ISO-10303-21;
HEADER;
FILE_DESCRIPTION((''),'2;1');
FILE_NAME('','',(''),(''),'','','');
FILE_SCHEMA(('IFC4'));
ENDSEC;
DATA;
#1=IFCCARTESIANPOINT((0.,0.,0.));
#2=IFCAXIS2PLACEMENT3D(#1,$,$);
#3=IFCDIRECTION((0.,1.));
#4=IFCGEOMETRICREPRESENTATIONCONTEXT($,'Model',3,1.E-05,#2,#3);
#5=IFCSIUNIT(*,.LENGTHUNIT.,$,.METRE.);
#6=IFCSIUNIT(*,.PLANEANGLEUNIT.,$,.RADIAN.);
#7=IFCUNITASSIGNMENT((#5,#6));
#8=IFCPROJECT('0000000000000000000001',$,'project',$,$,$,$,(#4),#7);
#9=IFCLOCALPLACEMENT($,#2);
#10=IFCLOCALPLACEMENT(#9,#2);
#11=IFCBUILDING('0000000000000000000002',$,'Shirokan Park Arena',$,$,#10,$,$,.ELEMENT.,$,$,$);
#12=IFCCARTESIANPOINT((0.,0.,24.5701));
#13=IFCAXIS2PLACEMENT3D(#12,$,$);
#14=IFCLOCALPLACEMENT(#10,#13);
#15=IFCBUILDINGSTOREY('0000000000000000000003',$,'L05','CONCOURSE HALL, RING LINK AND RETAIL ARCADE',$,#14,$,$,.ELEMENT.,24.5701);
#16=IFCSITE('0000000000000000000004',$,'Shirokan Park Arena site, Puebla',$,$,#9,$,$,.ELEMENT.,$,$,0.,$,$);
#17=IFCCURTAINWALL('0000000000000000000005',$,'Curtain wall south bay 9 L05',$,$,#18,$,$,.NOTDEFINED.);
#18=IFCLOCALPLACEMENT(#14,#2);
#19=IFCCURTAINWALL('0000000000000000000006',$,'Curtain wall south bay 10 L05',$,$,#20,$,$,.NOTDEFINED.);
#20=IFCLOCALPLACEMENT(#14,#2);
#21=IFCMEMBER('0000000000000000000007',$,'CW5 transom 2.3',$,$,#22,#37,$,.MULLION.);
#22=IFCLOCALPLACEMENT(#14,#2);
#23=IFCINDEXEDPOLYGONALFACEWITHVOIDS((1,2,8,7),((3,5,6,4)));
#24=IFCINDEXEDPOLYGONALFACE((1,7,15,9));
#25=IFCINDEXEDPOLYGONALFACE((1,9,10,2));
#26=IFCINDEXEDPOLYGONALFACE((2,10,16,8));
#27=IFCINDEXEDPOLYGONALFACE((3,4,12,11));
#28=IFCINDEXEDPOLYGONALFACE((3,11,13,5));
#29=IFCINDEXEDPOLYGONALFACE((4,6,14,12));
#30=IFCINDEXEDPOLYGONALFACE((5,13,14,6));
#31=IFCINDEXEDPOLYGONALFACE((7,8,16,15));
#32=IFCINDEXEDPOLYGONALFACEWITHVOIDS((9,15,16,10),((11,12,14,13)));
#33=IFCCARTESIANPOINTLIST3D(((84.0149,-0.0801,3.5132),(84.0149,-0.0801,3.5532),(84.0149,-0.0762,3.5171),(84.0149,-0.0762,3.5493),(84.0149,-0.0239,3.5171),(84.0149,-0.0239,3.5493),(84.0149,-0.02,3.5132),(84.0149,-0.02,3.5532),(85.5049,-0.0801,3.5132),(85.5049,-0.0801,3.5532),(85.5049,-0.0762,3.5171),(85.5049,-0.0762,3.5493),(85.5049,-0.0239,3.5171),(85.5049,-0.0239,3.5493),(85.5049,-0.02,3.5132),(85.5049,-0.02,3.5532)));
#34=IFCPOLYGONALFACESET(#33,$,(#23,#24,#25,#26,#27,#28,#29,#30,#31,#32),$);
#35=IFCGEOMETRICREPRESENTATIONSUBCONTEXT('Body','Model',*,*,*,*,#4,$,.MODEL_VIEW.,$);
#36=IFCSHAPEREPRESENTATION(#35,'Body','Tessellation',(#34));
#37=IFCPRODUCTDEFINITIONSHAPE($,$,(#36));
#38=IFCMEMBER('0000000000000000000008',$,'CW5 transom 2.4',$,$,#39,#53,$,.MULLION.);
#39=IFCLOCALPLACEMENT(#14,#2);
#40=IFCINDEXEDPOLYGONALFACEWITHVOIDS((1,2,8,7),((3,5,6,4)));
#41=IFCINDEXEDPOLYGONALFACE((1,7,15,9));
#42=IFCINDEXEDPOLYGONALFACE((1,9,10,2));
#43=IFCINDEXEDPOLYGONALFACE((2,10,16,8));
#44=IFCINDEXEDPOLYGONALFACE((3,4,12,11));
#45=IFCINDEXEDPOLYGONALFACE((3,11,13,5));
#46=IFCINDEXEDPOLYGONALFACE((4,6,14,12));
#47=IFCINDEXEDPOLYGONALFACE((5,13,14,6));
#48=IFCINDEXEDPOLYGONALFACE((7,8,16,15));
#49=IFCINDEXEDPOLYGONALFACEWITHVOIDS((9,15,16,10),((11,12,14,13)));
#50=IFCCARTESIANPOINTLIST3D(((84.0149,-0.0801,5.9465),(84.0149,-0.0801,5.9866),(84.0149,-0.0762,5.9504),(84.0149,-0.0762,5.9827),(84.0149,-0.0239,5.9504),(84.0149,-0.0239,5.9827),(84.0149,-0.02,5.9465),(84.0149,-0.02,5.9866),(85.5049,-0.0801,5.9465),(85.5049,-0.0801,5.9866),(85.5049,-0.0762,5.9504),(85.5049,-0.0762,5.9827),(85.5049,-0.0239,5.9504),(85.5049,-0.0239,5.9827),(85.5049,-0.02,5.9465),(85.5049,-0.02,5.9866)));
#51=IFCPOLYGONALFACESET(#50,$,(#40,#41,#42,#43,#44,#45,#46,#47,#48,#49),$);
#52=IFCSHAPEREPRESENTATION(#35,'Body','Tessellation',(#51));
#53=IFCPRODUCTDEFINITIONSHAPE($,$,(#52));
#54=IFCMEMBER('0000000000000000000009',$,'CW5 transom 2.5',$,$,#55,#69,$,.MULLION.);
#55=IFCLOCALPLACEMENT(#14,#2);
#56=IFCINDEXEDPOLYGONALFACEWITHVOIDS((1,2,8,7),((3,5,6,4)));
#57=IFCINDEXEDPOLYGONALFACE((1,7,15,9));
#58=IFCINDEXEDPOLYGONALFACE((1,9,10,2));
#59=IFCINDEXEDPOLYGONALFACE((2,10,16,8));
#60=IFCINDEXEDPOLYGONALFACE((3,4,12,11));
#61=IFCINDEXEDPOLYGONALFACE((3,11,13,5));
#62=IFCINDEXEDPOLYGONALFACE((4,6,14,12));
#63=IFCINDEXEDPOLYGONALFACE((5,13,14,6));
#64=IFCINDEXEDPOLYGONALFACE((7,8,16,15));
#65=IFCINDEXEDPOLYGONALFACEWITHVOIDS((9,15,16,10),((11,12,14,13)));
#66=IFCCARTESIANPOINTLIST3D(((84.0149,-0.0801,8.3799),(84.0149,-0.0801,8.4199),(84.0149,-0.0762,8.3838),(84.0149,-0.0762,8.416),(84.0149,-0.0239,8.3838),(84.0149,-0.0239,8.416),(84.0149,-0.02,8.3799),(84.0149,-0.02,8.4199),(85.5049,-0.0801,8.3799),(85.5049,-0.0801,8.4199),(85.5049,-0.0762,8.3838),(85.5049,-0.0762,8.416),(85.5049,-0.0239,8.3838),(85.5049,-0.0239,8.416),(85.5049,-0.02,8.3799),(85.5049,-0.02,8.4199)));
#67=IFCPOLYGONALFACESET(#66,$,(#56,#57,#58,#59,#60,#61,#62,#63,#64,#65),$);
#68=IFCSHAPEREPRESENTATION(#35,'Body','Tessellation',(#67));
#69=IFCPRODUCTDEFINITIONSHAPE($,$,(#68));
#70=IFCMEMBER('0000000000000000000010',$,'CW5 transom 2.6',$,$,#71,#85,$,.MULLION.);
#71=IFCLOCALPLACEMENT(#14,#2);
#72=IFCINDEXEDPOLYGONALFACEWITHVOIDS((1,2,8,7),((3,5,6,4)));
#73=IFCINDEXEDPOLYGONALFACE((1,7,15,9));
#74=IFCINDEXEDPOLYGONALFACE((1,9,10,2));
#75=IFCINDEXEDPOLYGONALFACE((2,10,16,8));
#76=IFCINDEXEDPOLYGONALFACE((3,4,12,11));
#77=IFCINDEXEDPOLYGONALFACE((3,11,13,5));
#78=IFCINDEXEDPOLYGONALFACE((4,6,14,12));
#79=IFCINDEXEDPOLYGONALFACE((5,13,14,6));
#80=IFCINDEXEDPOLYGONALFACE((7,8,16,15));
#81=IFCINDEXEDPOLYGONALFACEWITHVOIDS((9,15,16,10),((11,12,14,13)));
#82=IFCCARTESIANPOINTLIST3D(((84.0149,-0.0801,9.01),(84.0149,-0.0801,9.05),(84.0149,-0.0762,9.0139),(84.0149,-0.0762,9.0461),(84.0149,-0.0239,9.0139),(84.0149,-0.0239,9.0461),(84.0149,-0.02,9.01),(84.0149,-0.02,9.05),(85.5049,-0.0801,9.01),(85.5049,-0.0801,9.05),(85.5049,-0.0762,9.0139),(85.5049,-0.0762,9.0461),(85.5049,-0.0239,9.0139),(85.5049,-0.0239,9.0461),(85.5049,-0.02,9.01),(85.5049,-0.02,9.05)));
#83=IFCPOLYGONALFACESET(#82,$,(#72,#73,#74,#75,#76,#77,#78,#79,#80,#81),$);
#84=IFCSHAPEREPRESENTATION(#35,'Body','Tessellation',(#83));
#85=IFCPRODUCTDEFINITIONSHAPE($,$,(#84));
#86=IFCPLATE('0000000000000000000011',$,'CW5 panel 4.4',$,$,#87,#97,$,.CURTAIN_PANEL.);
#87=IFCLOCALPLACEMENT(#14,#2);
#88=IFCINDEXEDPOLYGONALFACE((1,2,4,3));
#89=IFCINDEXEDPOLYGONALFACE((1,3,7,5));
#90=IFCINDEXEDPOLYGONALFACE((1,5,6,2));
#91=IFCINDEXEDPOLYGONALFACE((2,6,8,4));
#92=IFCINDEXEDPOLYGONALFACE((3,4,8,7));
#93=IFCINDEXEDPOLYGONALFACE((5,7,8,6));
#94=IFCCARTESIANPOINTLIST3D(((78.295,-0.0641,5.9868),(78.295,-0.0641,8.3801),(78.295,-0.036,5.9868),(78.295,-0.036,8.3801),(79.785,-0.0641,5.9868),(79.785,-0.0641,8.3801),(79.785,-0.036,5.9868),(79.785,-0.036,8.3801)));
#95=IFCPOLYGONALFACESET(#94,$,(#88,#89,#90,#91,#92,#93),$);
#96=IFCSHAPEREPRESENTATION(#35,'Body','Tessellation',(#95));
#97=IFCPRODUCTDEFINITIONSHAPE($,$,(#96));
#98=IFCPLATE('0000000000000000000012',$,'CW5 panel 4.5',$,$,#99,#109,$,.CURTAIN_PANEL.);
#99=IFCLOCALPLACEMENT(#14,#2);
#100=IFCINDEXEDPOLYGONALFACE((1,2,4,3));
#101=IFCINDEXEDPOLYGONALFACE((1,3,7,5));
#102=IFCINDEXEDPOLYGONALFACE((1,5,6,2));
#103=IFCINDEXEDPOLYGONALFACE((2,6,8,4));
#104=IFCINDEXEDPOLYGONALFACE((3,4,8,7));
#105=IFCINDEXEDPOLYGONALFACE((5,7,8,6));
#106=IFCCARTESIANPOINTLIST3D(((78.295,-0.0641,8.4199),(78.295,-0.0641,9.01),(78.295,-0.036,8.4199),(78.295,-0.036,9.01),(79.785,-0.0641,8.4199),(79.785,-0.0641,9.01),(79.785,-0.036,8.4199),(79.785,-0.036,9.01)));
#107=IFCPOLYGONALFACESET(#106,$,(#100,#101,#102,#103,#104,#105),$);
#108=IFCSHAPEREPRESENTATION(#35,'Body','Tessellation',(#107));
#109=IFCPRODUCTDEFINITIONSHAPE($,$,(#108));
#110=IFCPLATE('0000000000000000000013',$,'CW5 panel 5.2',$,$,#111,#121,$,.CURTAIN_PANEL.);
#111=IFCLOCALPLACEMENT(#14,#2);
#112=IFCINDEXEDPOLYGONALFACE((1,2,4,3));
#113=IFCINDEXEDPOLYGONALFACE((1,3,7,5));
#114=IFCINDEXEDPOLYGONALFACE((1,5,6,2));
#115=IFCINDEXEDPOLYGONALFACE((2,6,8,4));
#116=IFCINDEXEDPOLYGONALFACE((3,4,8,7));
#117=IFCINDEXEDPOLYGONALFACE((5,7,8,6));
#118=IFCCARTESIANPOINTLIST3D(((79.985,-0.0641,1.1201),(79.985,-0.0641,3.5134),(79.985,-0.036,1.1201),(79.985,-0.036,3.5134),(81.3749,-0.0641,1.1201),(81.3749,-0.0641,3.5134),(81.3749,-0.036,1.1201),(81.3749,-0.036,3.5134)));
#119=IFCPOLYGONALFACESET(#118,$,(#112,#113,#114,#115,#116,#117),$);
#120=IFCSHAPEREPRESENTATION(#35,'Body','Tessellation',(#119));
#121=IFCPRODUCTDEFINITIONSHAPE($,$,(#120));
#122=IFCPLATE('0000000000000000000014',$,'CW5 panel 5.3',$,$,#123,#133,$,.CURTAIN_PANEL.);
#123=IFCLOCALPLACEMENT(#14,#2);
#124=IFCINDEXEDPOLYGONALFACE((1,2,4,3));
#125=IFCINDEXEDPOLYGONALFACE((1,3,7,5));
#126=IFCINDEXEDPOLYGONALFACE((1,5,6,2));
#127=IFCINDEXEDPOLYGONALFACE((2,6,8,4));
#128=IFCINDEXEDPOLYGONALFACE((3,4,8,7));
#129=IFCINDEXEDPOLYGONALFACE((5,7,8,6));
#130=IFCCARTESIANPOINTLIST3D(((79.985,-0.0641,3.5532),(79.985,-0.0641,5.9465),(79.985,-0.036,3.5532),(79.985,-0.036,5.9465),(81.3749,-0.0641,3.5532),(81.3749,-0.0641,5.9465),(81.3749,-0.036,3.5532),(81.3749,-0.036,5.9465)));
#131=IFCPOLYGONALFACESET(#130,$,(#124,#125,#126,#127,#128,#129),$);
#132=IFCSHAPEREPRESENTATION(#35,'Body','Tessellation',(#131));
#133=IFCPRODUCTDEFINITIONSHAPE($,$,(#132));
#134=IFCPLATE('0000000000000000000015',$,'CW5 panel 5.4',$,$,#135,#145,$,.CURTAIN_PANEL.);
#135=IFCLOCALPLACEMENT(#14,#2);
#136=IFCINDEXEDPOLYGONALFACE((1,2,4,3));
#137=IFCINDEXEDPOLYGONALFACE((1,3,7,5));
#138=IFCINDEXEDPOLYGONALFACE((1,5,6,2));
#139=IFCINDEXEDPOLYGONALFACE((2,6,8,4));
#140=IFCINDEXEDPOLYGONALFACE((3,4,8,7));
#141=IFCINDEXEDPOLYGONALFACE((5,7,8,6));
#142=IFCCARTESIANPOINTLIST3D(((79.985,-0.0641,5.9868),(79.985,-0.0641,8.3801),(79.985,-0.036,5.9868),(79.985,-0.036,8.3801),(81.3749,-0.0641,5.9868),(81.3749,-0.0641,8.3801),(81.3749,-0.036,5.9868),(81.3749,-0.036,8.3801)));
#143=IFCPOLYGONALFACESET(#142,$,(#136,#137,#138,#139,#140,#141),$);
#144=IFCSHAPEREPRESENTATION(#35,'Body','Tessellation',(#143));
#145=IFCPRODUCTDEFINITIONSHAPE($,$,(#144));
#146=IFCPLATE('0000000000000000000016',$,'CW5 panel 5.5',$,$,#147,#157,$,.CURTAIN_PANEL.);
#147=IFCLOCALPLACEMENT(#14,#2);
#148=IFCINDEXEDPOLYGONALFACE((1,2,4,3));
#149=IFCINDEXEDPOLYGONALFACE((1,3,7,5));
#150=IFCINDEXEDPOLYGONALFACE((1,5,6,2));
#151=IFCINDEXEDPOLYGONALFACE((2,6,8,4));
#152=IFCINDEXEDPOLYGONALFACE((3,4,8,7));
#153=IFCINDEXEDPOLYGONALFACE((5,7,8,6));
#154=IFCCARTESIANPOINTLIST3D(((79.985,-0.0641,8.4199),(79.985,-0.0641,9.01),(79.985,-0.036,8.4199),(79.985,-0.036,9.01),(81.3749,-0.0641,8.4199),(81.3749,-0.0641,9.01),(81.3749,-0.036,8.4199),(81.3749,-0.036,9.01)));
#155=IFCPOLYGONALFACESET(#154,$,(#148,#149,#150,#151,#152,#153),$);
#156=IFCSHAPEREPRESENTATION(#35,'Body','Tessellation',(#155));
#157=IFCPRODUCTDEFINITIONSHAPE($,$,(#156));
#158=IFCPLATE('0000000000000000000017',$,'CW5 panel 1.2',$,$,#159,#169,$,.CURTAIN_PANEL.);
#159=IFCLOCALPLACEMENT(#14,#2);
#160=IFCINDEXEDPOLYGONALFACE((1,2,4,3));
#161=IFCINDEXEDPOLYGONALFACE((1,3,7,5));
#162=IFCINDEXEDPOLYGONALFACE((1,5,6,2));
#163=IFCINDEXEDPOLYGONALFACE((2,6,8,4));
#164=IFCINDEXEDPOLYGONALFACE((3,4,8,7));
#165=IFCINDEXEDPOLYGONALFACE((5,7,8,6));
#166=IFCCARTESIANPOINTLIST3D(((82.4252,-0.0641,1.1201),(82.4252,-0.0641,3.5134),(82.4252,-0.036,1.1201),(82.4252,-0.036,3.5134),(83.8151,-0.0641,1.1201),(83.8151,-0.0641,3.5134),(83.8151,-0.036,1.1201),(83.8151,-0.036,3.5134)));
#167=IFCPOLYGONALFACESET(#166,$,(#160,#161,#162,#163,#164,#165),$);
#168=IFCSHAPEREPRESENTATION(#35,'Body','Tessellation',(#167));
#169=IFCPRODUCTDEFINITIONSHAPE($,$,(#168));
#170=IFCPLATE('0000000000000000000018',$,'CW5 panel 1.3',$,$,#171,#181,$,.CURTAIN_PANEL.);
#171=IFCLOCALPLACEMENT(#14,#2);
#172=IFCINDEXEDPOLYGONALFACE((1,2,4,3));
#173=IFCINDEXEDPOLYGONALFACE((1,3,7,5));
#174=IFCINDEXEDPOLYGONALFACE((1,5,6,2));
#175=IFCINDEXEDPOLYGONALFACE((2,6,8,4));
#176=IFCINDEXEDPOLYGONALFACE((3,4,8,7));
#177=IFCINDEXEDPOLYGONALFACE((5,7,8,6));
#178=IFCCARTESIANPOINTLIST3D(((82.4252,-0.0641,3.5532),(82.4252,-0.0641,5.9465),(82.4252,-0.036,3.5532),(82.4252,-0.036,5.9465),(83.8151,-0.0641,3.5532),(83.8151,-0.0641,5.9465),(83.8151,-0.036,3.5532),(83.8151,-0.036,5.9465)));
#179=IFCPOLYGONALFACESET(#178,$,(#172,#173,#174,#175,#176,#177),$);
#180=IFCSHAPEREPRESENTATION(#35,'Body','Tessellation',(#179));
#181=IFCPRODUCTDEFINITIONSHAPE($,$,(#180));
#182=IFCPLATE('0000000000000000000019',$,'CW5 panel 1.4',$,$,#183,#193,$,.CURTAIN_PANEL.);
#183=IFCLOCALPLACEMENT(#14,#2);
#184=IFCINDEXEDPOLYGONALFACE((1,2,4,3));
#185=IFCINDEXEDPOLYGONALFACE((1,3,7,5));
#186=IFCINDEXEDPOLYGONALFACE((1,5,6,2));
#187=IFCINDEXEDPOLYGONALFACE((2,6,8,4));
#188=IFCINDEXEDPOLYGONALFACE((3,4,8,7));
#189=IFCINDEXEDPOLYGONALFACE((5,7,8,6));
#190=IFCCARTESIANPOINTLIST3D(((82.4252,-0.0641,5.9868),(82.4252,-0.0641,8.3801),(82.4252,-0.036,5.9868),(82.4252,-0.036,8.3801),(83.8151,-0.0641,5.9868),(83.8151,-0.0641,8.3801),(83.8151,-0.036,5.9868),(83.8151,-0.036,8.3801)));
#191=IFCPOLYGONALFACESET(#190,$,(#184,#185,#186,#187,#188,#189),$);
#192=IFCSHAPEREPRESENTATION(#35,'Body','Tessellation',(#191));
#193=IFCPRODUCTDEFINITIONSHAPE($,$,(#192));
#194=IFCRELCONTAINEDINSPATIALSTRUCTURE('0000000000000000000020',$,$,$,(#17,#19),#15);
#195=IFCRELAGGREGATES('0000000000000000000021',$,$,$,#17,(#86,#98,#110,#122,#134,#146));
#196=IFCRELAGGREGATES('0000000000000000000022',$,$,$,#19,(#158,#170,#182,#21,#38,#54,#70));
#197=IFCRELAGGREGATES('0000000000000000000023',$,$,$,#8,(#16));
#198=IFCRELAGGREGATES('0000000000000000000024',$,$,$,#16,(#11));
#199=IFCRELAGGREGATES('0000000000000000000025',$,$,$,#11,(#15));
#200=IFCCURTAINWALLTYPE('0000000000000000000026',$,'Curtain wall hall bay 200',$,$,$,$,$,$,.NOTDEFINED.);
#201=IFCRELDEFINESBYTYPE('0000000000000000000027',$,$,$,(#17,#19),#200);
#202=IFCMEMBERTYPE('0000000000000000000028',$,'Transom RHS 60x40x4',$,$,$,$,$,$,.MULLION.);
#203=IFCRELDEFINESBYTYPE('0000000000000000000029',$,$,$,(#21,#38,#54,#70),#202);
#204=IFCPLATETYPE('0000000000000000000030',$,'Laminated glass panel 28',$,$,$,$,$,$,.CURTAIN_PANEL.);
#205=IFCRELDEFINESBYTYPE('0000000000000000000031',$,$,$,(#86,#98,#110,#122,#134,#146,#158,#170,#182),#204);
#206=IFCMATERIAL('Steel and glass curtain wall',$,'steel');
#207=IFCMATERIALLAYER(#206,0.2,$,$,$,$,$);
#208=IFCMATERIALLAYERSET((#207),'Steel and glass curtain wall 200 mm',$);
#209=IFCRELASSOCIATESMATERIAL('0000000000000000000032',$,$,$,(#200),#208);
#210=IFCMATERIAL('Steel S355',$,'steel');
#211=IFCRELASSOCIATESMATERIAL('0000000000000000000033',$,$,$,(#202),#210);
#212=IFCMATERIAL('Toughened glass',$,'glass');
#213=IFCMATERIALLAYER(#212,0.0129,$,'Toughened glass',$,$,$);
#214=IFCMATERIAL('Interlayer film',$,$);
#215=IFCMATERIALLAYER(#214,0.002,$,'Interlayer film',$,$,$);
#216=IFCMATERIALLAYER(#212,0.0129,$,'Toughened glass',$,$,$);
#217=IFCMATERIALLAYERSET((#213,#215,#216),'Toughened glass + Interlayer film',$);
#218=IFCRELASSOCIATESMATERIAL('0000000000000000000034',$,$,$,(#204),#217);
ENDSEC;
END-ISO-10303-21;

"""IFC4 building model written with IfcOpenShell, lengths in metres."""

from ifc_helpers import new_model, si_unit, direction, frame, origin, origin_2d, place, context, subcontext, project, spatial, rectangle, hollow_rectangle, extrude, material, layer, layer_set, material_profile, profile_set, type_object, element, aggregate, save


model = new_model("IFC4")

# Units and contexts
model_context = context("Model", 3, precision=1e-05, world=origin(), true_north=direction((0.0, 1.0)))
body_context = subcontext(model_context, "Body", "Model", "MODEL_VIEW")
ifc_project = project(units=[si_unit("LENGTHUNIT", "METRE"), si_unit("PLANEANGLEUNIT", "RADIAN")], contexts=[model_context])

# Site, building, storey
site_placement = place(None, origin())
site = spatial("IfcSite", under=ifc_project, at=site_placement, Name="Shirokan Park Arena site, Puebla", CompositionType="ELEMENT", RefElevation=0.0)
building_placement = place(site_placement, origin())
building = spatial("IfcBuilding", under=site, at=building_placement, Name="Shirokan Park Arena", CompositionType="ELEMENT")
storey_placement = place(building_placement, frame((0.0, 0.0, 24.5701)))
storey = spatial("IfcBuildingStorey", under=building, at=storey_placement, Name="L05", Description="CONCOURSE HALL, RING LINK AND RETAIL ARCADE", CompositionType="ELEMENT", Elevation=24.5701)

# Curtain walls
ifc_material_1 = material(Name="Steel and glass curtain wall", Category="steel")
ifc_layer_1 = layer(ifc_material_1, 0.2)
ifc_layer_set_1 = layer_set([ifc_layer_1], Name="Steel and glass curtain wall 200 mm")
curtain_wall_type = type_object("IfcCurtainWallType", Name="Curtain wall hall bay 200", PredefinedType="NOTDEFINED", material=ifc_layer_set_1)
curtain_wall_1_placement = place(storey_placement, origin())
curtain_wall_1 = element("IfcCurtainWall", 1, at=curtain_wall_1_placement, inside=storey, type_object=curtain_wall_type, Name="Curtain wall south bay 9 L05", PredefinedType="NOTDEFINED")
ifc_material_2 = material(Name="Steel S355", Category="steel")
curtain_wall_2_placement = place(storey_placement, origin())
curtain_wall_2 = element("IfcCurtainWall", 2, at=curtain_wall_2_placement, inside=storey, type_object=curtain_wall_type, Name="Curtain wall south bay 10 L05", PredefinedType="NOTDEFINED")

# Members
ifc_material_profile_1 = material_profile(ifc_material_2, hollow_rectangle(XDim=0.0601, YDim=0.04, WallThickness=0.0039, at=origin_2d()), Name="RHS 60x40x4")
ifc_profile_set_1 = profile_set([ifc_material_profile_1], Name="Steel S355")
member_type_1 = type_object("IfcMemberType", Name="Transom RHS 60x40x4", PredefinedType="MULLION", material=ifc_profile_set_1)
member_1_placement = place(storey_placement, frame((84.0149, -0.05, 3.5332), z_axis=(1.0, 0.0, 0.0), x_axis=(0.0, 1.0, 0.0)))
member_1 = element("IfcMember", 3, at=member_1_placement, type_object=member_type_1, Name="CW5 transom 2.3", PredefinedType="MULLION", context=body_context, shape_type="SweptSolid", body=[
    extrude(hollow_rectangle(XDim=0.0601, YDim=0.04, WallThickness=0.0039, at=origin_2d()), origin(), (0.0, 0.0, 1.0), 1.49),
])
member_2_placement = place(storey_placement, frame((84.0149, -0.05, 5.9666), z_axis=(1.0, 0.0, 0.0), x_axis=(0.0, 1.0, 0.0)))
member_2 = element("IfcMember", 4, at=member_2_placement, type_object=member_type_1, Name="CW5 transom 2.4", PredefinedType="MULLION", context=body_context, shape_type="SweptSolid", body=[
    extrude(hollow_rectangle(XDim=0.0601, YDim=0.04, WallThickness=0.0039, at=origin_2d()), origin(), (0.0, 0.0, 1.0), 1.49),
])
member_3_placement = place(storey_placement, frame((84.0149, -0.05, 8.3999), z_axis=(1.0, 0.0, 0.0), x_axis=(0.0, 1.0, 0.0)))
member_3 = element("IfcMember", 5, at=member_3_placement, type_object=member_type_1, Name="CW5 transom 2.5", PredefinedType="MULLION", context=body_context, shape_type="SweptSolid", body=[
    extrude(hollow_rectangle(XDim=0.0601, YDim=0.04, WallThickness=0.0039, at=origin_2d()), origin(), (0.0, 0.0, 1.0), 1.49),
])
member_4_placement = place(storey_placement, frame((84.0149, -0.05, 9.03), z_axis=(1.0, 0.0, 0.0), x_axis=(0.0, 1.0, 0.0)))
member_4 = element("IfcMember", 6, at=member_4_placement, type_object=member_type_1, Name="CW5 transom 2.6", PredefinedType="MULLION", context=body_context, shape_type="SweptSolid", body=[
    extrude(hollow_rectangle(XDim=0.0601, YDim=0.04, WallThickness=0.0039, at=origin_2d()), origin(), (0.0, 0.0, 1.0), 1.49),
])

# Plates
ifc_material_3 = material(Name="Toughened glass", Category="glass")
ifc_layer_2 = layer(ifc_material_3, 0.0129, Name="Toughened glass")
ifc_material_4 = material(Name="Interlayer film")
ifc_layer_3 = layer(ifc_material_4, 0.002, Name="Interlayer film")
ifc_layer_4 = layer(ifc_material_3, 0.0129, Name="Toughened glass")
ifc_layer_set_2 = layer_set([ifc_layer_2, ifc_layer_3, ifc_layer_4], Name="Toughened glass + Interlayer film")
plate_type_1 = type_object("IfcPlateType", Name="Laminated glass panel 28", PredefinedType="CURTAIN_PANEL", material=ifc_layer_set_2)
plate_1_placement = place(storey_placement, frame((79.04, -0.05, 5.9868), z_axis=(0.0, 0.0, 1.0), x_axis=(1.0, 0.0, 0.0)))
plate_1 = element("IfcPlate", 7, at=plate_1_placement, type_object=plate_type_1, Name="CW5 panel 4.4", PredefinedType="CURTAIN_PANEL", context=body_context, shape_type="SweptSolid", body=[
    extrude(rectangle(XDim=1.49, YDim=0.0281, at=origin_2d()), origin(), (0.0, 0.0, 1.0), 2.3933),
])
plate_2_placement = place(storey_placement, frame((79.04, -0.05, 8.4199), z_axis=(0.0, 0.0, 1.0), x_axis=(1.0, 0.0, 0.0)))
plate_2 = element("IfcPlate", 8, at=plate_2_placement, type_object=plate_type_1, Name="CW5 panel 4.5", PredefinedType="CURTAIN_PANEL", context=body_context, shape_type="SweptSolid", body=[
    extrude(rectangle(XDim=1.49, YDim=0.0281, at=origin_2d()), origin(), (0.0, 0.0, 1.0), 0.5901),
])
plate_3_placement = place(storey_placement, frame((80.6799, -0.05, 1.1201), z_axis=(0.0, 0.0, 1.0), x_axis=(1.0, 0.0, 0.0)))
plate_3 = element("IfcPlate", 9, at=plate_3_placement, type_object=plate_type_1, Name="CW5 panel 5.2", PredefinedType="CURTAIN_PANEL", context=body_context, shape_type="SweptSolid", body=[
    extrude(rectangle(XDim=1.3899, YDim=0.0281, at=origin_2d()), origin(), (0.0, 0.0, 1.0), 2.3933),
])
plate_4_placement = place(storey_placement, frame((80.6799, -0.05, 3.5532), z_axis=(0.0, 0.0, 1.0), x_axis=(1.0, 0.0, 0.0)))
plate_4 = element("IfcPlate", 10, at=plate_4_placement, type_object=plate_type_1, Name="CW5 panel 5.3", PredefinedType="CURTAIN_PANEL", context=body_context, shape_type="SweptSolid", body=[
    extrude(rectangle(XDim=1.3899, YDim=0.0281, at=origin_2d()), origin(), (0.0, 0.0, 1.0), 2.3933),
])
plate_5_placement = place(storey_placement, frame((80.6799, -0.05, 5.9868), z_axis=(0.0, 0.0, 1.0), x_axis=(1.0, 0.0, 0.0)))
plate_5 = element("IfcPlate", 11, at=plate_5_placement, type_object=plate_type_1, Name="CW5 panel 5.4", PredefinedType="CURTAIN_PANEL", context=body_context, shape_type="SweptSolid", body=[
    extrude(rectangle(XDim=1.3899, YDim=0.0281, at=origin_2d()), origin(), (0.0, 0.0, 1.0), 2.3933),
])
plate_6_placement = place(storey_placement, frame((80.6799, -0.05, 8.4199), z_axis=(0.0, 0.0, 1.0), x_axis=(1.0, 0.0, 0.0)))
plate_6 = element("IfcPlate", 12, at=plate_6_placement, type_object=plate_type_1, Name="CW5 panel 5.5", PredefinedType="CURTAIN_PANEL", context=body_context, shape_type="SweptSolid", body=[
    extrude(rectangle(XDim=1.3899, YDim=0.0281, at=origin_2d()), origin(), (0.0, 0.0, 1.0), 0.5901),
])
plate_7_placement = place(storey_placement, frame((83.1201, -0.05, 1.1201), z_axis=(0.0, 0.0, 1.0), x_axis=(1.0, 0.0, 0.0)))
plate_7 = element("IfcPlate", 13, at=plate_7_placement, type_object=plate_type_1, Name="CW5 panel 1.2", PredefinedType="CURTAIN_PANEL", context=body_context, shape_type="SweptSolid", body=[
    extrude(rectangle(XDim=1.3899, YDim=0.0281, at=origin_2d()), origin(), (0.0, 0.0, 1.0), 2.3933),
])
plate_8_placement = place(storey_placement, frame((83.1201, -0.05, 3.5532), z_axis=(0.0, 0.0, 1.0), x_axis=(1.0, 0.0, 0.0)))
plate_8 = element("IfcPlate", 14, at=plate_8_placement, type_object=plate_type_1, Name="CW5 panel 1.3", PredefinedType="CURTAIN_PANEL", context=body_context, shape_type="SweptSolid", body=[
    extrude(rectangle(XDim=1.3899, YDim=0.0281, at=origin_2d()), origin(), (0.0, 0.0, 1.0), 2.3933),
])
plate_9_placement = place(storey_placement, frame((83.1201, -0.05, 5.9868), z_axis=(0.0, 0.0, 1.0), x_axis=(1.0, 0.0, 0.0)))
plate_9 = element("IfcPlate", 15, at=plate_9_placement, type_object=plate_type_1, Name="CW5 panel 1.4", PredefinedType="CURTAIN_PANEL", context=body_context, shape_type="SweptSolid", body=[
    extrude(rectangle(XDim=1.3899, YDim=0.0281, at=origin_2d()), origin(), (0.0, 0.0, 1.0), 2.3933),
])
aggregate(curtain_wall_1, [plate_1, plate_2, plate_3, plate_4, plate_5, plate_6])
aggregate(curtain_wall_2, [plate_7, plate_8, plate_9, member_1, member_2, member_3, member_4])

save(model, "model.ifc")
